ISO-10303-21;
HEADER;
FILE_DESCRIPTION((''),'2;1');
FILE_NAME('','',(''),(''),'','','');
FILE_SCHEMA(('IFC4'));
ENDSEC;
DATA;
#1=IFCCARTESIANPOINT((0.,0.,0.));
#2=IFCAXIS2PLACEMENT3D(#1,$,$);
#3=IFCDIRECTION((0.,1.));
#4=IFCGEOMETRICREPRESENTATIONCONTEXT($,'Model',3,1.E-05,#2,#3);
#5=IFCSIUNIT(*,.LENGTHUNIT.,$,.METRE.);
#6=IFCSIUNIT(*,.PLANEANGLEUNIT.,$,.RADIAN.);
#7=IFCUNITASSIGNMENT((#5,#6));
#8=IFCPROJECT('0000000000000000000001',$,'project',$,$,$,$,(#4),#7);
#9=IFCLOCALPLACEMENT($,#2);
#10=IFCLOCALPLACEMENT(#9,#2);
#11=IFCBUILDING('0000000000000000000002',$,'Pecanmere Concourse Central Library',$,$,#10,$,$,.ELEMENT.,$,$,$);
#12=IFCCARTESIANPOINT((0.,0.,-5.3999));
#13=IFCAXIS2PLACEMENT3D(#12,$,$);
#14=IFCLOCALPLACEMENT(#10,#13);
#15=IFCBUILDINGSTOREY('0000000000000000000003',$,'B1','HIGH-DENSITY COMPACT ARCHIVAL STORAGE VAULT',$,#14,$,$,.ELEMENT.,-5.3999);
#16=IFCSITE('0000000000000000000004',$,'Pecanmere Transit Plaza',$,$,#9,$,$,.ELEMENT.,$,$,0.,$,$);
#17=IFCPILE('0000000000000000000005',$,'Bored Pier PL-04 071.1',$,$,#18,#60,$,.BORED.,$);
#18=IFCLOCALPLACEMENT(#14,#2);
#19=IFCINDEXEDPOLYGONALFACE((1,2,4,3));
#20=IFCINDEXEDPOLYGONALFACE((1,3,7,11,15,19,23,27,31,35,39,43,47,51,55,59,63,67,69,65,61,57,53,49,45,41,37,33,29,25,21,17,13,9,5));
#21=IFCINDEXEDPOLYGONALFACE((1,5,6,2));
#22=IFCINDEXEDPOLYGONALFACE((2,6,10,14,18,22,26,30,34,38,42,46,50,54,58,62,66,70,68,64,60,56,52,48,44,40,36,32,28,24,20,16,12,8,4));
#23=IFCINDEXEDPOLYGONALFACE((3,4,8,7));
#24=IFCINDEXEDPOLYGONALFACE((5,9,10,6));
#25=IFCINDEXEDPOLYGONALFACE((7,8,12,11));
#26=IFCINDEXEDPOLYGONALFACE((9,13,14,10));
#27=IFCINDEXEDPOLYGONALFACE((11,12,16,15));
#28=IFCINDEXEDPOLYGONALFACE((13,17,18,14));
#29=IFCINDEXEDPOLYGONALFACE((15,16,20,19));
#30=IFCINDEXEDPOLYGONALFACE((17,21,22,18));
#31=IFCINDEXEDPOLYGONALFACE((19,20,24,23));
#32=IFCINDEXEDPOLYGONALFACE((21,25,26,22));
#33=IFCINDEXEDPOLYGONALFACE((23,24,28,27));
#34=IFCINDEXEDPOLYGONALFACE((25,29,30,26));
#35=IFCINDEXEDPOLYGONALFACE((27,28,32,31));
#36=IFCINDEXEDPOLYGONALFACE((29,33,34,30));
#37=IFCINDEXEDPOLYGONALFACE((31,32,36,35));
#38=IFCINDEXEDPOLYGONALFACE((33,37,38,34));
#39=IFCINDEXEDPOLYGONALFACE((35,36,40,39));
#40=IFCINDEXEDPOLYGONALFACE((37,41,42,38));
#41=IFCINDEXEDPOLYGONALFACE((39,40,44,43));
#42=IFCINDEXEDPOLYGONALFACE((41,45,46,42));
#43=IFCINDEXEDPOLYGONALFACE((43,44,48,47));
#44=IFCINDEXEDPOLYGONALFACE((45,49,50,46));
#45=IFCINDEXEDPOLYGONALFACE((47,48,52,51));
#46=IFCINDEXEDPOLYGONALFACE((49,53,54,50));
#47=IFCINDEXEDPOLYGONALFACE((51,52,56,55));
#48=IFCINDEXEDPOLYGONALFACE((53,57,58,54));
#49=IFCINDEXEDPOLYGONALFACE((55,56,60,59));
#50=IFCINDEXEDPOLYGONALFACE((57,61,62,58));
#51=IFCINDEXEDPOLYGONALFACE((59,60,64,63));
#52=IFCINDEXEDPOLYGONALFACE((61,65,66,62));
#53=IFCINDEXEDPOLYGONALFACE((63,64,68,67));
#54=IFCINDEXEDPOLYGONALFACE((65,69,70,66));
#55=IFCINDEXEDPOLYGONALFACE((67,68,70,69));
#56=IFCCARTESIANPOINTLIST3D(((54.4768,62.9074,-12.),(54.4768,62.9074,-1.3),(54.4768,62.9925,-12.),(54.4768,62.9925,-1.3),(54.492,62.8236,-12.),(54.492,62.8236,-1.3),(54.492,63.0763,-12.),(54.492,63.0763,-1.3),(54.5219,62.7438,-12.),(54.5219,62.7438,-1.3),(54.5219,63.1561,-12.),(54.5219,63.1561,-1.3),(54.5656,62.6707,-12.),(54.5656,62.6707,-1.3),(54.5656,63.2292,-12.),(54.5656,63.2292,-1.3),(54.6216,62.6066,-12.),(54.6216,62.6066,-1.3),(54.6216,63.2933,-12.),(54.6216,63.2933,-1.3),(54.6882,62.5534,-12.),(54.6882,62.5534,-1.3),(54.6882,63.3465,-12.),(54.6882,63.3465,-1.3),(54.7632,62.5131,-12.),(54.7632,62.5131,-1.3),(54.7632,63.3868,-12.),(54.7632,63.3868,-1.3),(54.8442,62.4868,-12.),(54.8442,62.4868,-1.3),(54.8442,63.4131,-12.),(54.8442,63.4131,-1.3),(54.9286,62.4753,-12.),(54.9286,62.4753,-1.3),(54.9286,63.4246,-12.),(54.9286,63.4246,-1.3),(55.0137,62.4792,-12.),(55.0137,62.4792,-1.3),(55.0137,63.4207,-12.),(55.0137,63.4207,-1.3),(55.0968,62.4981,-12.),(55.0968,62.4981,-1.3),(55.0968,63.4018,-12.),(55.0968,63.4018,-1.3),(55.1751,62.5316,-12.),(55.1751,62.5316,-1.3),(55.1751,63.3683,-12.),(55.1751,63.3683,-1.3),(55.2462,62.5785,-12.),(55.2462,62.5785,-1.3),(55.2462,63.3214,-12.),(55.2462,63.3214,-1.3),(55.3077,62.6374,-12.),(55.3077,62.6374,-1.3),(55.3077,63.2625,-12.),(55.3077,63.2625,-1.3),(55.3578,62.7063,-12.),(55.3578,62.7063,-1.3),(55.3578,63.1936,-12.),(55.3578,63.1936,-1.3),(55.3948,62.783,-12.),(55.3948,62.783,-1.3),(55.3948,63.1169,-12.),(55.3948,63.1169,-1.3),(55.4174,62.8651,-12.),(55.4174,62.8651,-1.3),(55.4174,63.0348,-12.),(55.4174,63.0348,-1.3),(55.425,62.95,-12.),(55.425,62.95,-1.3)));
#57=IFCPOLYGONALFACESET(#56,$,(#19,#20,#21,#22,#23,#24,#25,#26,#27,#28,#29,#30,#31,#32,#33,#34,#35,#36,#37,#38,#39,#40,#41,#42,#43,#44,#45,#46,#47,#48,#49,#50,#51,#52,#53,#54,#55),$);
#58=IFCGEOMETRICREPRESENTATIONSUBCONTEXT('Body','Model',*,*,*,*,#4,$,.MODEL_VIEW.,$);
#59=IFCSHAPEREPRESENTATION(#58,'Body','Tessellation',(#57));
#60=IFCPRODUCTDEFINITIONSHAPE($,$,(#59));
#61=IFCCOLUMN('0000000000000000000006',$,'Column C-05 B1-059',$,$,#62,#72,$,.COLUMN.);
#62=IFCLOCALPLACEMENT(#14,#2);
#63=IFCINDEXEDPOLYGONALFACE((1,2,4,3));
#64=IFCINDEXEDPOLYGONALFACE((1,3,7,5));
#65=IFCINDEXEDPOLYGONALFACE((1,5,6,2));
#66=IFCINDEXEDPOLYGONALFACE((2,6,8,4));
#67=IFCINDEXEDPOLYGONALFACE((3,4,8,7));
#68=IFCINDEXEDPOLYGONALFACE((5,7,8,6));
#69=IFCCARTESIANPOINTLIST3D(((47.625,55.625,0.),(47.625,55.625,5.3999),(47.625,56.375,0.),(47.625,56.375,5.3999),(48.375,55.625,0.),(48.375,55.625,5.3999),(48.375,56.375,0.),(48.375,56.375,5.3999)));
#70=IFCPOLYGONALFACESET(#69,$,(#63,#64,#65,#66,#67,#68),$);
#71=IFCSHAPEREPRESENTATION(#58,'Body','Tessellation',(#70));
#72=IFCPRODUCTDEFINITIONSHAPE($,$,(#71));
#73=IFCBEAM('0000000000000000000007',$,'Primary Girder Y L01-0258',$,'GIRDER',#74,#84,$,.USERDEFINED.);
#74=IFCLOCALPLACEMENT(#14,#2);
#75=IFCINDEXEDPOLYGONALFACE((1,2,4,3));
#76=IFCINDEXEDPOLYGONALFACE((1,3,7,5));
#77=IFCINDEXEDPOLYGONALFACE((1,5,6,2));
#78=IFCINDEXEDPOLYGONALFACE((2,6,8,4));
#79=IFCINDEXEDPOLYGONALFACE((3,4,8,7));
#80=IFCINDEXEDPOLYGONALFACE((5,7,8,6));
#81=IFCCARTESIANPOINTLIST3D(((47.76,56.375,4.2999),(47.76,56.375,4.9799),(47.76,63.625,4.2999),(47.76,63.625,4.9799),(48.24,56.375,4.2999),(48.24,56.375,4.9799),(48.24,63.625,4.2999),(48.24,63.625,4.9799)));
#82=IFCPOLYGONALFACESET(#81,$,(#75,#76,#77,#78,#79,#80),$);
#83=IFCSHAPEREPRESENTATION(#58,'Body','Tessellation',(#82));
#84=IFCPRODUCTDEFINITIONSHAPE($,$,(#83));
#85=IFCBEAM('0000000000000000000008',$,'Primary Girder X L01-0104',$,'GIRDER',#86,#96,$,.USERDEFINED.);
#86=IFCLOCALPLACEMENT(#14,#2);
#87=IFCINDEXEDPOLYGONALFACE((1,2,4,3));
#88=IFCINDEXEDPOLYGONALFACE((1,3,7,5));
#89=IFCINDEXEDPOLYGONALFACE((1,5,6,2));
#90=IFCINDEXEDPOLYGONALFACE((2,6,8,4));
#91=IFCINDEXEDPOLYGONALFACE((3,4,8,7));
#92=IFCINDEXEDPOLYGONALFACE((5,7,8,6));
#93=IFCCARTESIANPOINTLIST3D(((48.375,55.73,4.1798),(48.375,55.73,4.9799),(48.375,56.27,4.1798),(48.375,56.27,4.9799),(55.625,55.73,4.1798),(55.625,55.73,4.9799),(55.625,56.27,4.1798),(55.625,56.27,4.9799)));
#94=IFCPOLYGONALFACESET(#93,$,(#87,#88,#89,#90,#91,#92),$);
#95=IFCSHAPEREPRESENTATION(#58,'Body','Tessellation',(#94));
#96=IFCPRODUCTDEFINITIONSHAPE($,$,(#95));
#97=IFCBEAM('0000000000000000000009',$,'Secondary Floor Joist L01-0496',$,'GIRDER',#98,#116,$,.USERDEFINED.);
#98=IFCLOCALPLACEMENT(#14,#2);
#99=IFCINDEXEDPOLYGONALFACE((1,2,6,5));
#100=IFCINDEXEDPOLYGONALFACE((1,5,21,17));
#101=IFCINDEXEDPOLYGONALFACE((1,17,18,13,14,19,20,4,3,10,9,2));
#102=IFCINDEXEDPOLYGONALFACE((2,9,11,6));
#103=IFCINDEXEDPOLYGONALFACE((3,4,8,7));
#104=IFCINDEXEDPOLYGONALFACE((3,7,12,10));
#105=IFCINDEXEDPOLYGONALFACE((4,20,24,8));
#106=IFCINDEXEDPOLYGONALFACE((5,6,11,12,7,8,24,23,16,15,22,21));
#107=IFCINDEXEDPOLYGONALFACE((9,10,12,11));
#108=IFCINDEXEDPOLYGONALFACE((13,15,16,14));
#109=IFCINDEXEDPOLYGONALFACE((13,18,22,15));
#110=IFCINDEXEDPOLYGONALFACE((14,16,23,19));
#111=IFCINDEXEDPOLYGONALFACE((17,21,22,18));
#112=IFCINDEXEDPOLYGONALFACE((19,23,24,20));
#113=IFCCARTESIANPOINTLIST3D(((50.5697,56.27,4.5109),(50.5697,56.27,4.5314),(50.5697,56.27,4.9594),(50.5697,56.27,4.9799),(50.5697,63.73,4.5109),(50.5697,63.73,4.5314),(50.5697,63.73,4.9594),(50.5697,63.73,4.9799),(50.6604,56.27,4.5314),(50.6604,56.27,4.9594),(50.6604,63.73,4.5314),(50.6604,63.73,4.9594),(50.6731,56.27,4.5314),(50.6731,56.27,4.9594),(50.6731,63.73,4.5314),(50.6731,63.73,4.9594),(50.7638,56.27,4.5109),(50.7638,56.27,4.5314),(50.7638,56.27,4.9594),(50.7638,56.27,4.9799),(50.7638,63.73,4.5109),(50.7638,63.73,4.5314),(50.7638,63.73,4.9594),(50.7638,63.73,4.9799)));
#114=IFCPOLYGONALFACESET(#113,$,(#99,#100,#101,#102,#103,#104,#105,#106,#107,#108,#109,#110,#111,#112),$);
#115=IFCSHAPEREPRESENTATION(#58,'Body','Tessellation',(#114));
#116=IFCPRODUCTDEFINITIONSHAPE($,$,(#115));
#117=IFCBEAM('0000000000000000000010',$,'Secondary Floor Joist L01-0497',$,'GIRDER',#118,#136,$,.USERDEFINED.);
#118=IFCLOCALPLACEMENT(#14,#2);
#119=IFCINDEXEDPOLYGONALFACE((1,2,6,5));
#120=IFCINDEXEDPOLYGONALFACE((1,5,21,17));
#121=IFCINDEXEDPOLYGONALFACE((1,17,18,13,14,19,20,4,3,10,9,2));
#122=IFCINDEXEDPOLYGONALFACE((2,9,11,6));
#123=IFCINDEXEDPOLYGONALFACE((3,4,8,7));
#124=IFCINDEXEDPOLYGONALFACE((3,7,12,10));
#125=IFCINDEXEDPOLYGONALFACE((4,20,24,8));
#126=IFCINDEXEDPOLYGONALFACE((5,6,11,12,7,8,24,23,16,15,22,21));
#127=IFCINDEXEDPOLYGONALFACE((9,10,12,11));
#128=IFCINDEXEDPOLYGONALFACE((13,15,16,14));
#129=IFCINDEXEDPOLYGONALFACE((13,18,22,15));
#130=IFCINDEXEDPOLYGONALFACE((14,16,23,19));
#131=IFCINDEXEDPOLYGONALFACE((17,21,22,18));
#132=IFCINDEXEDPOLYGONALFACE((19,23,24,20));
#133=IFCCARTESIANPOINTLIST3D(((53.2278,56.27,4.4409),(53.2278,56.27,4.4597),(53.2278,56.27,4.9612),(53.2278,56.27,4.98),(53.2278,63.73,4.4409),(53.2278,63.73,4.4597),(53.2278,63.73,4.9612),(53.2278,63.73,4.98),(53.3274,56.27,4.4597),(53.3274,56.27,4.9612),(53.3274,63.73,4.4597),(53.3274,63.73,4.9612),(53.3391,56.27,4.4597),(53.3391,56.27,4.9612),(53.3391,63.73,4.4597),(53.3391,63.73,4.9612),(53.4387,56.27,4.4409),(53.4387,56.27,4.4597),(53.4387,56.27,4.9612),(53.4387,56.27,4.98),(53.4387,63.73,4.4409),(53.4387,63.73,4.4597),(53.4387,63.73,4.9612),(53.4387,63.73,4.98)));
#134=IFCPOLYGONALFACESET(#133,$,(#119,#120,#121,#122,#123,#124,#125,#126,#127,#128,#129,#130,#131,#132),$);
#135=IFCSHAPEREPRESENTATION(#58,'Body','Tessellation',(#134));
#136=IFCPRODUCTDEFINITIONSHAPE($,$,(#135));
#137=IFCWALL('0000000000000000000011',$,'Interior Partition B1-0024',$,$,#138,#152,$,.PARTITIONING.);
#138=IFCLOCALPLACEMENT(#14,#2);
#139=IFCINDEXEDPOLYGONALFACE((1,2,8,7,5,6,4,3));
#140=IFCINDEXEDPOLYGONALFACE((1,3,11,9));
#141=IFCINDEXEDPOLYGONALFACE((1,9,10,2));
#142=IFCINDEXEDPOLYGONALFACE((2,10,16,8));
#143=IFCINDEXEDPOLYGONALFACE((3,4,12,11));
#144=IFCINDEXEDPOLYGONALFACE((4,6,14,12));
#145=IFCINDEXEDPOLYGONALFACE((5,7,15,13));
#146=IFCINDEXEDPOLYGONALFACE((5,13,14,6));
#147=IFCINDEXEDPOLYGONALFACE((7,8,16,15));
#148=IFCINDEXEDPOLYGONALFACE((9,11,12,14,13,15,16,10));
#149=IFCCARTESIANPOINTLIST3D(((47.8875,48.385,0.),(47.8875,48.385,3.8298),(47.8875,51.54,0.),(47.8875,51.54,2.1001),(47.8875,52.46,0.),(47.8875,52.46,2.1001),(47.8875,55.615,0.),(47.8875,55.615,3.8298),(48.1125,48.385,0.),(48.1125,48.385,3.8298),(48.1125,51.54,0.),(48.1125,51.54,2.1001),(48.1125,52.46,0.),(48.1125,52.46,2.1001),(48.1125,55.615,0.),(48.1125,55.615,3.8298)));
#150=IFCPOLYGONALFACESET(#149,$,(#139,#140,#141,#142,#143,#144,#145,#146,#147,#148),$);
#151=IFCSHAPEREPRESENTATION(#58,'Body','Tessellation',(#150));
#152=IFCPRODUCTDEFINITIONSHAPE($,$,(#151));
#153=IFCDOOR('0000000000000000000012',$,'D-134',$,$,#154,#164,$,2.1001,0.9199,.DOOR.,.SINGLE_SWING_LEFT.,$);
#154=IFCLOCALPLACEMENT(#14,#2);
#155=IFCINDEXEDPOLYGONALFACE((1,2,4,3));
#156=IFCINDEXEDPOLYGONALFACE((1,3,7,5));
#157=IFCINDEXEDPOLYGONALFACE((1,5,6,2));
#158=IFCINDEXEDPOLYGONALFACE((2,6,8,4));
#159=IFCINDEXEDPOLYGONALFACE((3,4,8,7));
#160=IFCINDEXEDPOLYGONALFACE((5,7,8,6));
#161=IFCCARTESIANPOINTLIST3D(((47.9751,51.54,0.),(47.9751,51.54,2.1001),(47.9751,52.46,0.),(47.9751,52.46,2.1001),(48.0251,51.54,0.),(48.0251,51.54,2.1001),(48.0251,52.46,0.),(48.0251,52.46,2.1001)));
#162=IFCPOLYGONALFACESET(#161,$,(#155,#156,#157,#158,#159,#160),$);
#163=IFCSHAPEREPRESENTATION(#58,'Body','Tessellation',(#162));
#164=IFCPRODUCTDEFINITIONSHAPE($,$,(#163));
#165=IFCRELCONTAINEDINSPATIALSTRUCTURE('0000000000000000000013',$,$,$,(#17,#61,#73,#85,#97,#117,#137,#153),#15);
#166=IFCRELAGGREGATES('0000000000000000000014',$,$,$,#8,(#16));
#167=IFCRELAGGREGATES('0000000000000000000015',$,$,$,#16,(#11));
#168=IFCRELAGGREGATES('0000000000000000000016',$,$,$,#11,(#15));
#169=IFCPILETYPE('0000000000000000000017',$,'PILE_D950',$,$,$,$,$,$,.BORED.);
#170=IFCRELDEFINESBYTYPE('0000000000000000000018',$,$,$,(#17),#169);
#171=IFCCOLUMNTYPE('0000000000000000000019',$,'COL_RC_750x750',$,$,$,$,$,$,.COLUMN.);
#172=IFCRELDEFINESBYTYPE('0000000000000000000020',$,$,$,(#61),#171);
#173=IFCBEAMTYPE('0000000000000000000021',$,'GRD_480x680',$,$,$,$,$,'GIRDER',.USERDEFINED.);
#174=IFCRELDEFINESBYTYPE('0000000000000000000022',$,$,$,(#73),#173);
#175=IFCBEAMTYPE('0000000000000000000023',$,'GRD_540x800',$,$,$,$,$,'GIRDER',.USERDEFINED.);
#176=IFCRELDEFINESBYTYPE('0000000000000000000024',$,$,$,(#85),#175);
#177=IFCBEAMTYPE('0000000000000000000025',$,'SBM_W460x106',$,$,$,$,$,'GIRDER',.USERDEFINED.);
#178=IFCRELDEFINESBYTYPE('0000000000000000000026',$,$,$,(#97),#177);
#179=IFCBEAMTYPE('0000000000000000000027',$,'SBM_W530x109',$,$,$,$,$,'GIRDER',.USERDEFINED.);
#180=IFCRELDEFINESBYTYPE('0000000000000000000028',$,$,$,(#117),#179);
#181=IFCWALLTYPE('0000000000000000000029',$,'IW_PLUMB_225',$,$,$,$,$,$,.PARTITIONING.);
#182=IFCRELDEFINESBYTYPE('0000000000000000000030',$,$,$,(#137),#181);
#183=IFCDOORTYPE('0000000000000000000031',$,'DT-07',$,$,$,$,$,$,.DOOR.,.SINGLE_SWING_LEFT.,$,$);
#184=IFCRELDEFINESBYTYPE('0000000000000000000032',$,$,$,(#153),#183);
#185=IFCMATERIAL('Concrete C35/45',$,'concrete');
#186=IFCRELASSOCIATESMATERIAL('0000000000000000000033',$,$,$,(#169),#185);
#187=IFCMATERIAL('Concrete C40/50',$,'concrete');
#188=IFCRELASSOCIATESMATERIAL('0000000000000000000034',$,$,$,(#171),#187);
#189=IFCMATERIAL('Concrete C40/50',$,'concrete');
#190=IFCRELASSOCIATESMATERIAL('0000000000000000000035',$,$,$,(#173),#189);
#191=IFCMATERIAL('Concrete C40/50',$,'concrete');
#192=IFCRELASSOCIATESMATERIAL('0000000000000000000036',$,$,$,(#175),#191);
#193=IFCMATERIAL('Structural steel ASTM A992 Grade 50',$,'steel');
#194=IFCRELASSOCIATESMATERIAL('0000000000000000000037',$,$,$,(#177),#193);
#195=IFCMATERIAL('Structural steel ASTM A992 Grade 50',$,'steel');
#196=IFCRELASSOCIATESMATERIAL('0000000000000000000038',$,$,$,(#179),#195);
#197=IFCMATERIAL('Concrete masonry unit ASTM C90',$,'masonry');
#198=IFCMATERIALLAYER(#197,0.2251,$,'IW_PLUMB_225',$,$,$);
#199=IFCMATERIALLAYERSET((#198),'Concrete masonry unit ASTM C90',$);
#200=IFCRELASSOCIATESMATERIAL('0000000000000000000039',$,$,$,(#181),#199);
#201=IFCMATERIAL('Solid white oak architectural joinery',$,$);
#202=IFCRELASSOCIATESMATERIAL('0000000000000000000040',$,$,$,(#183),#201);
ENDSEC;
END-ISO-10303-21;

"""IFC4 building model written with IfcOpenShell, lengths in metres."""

from ifc_helpers import new_model, si_unit, direction, frame, frame_2d, origin, origin_2d, place, context, subcontext, project, spatial, rectangle, circle, i_section, extrude, material, layer, layer_set, material_profile, profile_set, type_object, element, fill, save


model = new_model("IFC4")

# Units and contexts
model_context = context("Model", 3, precision=1e-05, world=origin(), true_north=direction((0.0, 1.0)))
body_context = subcontext(model_context, "Body", "Model", "MODEL_VIEW")
ifc_project = project(units=[si_unit("LENGTHUNIT", "METRE"), si_unit("PLANEANGLEUNIT", "RADIAN")], contexts=[model_context])

# Site, building, storey
site_placement = place(None, origin())
site = spatial("IfcSite", under=ifc_project, at=site_placement, Name="Pecanmere Transit Plaza", CompositionType="ELEMENT", RefElevation=0.0)
building_placement = place(site_placement, origin())
building = spatial("IfcBuilding", under=site, at=building_placement, Name="Pecanmere Concourse Central Library", CompositionType="ELEMENT")
storey_placement = place(building_placement, frame((0.0, 0.0, -5.3999)))
storey = spatial("IfcBuildingStorey", under=building, at=storey_placement, Name="B1", Description="HIGH-DENSITY COMPACT ARCHIVAL STORAGE VAULT", CompositionType="ELEMENT", Elevation=-5.3999)

# Pile
ifc_material_1 = material(Name="Concrete C35/45", Category="concrete")
ifc_material_profile_1 = material_profile(ifc_material_1, circle(Radius=0.4751, at=origin_2d()), Name="PIER D950")
ifc_profile_set_1 = profile_set([ifc_material_profile_1], Name="Concrete C35/45")
pile_type = type_object("IfcPileType", Name="PILE_D950", PredefinedType="BORED", material=ifc_profile_set_1)
for number, where, z_axis, x_axis, name in (
    (1, (54.95, 62.95, -1.3), (0.0, 0.0, -1.0), (1.0, 0.0, 0.0), "Bored Pier PL-04 071.1"),
):
    element("IfcPile", number, at=place(storey_placement, frame(where, z_axis=z_axis, x_axis=x_axis)), inside=storey, type_object=pile_type, Name=name, PredefinedType="BORED", context=body_context, shape_type="SweptSolid", body=[
        extrude(circle(Radius=0.4751, at=origin_2d()), origin(), (0.0, 0.0, 1.0), 10.7),
    ])

# Column
ifc_material_2 = material(Name="Concrete C40/50", Category="concrete")
ifc_material_profile_2 = material_profile(ifc_material_2, rectangle(XDim=0.75, YDim=0.75, at=origin_2d()), Name="RC 750x750")
ifc_profile_set_2 = profile_set([ifc_material_profile_2], Name="Concrete C40/50")
column_type = type_object("IfcColumnType", Name="COL_RC_750x750", PredefinedType="COLUMN", material=ifc_profile_set_2)
column_placement = place(storey_placement, frame((48.0, 56.0, 0.0), z_axis=(0.0, 0.0, 1.0), x_axis=(1.0, 0.0, 0.0)))
element("IfcColumn", 2, at=column_placement, inside=storey, type_object=column_type, Name="Column C-05 B1-059", PredefinedType="COLUMN", context=body_context, shape_type="SweptSolid", body=[
    extrude(rectangle(XDim=0.75, YDim=0.75, at=origin_2d()), origin(), (0.0, 0.0, 1.0), 5.3999),
])

# Beams
ifc_material_3 = material(Name="Concrete C40/50", Category="concrete")
ifc_material_profile_3 = material_profile(ifc_material_3, rectangle(XDim=0.48, YDim=0.6799, at=origin_2d()), Name="RC 480x680")
ifc_profile_set_3 = profile_set([ifc_material_profile_3], Name="Concrete C40/50")
beam_type_1 = type_object("IfcBeamType", Name="GRD_480x680", ElementType="GIRDER", PredefinedType="USERDEFINED", material=ifc_profile_set_3)
beam_1_placement = place(storey_placement, frame((48.0, 56.375, 4.6399), z_axis=(0.0, 1.0, 0.0), x_axis=(-1.0, 0.0, 0.0)))
element("IfcBeam", 3, at=beam_1_placement, inside=storey, type_object=beam_type_1, Name="Primary Girder Y L01-0258", ObjectType="GIRDER", PredefinedType="USERDEFINED", context=body_context, shape_type="SweptSolid", body=[
    extrude(rectangle(XDim=0.48, YDim=0.6799, at=origin_2d()), origin(), (0.0, 0.0, 1.0), 7.25),
])
ifc_material_4 = material(Name="Concrete C40/50", Category="concrete")
ifc_material_profile_4 = material_profile(ifc_material_4, rectangle(XDim=0.54, YDim=0.8, at=origin_2d()), Name="RC 540x800")
ifc_profile_set_4 = profile_set([ifc_material_profile_4], Name="Concrete C40/50")
beam_type_2 = type_object("IfcBeamType", Name="GRD_540x800", ElementType="GIRDER", PredefinedType="USERDEFINED", material=ifc_profile_set_4)
beam_2_placement = place(storey_placement, frame((48.375, 56.0, 4.5798), z_axis=(1.0, 0.0, 0.0), x_axis=(0.0, 1.0, 0.0)))
element("IfcBeam", 4, at=beam_2_placement, inside=storey, type_object=beam_type_2, Name="Primary Girder X L01-0104", ObjectType="GIRDER", PredefinedType="USERDEFINED", context=body_context, shape_type="SweptSolid", body=[
    extrude(rectangle(XDim=0.54, YDim=0.8, at=origin_2d()), origin(), (0.0, 0.0, 1.0), 7.25),
])
ifc_material_5 = material(Name="Structural steel ASTM A992 Grade 50", Category="steel")
ifc_material_profile_5 = material_profile(ifc_material_5, i_section(OverallWidth=0.1941, OverallDepth=0.469, WebThickness=0.0127, FlangeThickness=0.0205, at=origin_2d()), Name="W460x106")
ifc_profile_set_5 = profile_set([ifc_material_profile_5], Name="Structural steel ASTM A992 Grade 50")
beam_type_3 = type_object("IfcBeamType", Name="SBM_W460x106", ElementType="GIRDER", PredefinedType="USERDEFINED", material=ifc_profile_set_5)
beam_3_placement = place(storey_placement, frame((50.6667, 56.27, 4.7454), z_axis=(0.0, 1.0, 0.0), x_axis=(-1.0, 0.0, 0.0)))
element("IfcBeam", 5, at=beam_3_placement, inside=storey, type_object=beam_type_3, Name="Secondary Floor Joist L01-0496", ObjectType="GIRDER", PredefinedType="USERDEFINED", context=body_context, shape_type="SweptSolid", body=[
    extrude(i_section(OverallWidth=0.1941, OverallDepth=0.469, WebThickness=0.0127, FlangeThickness=0.0205, at=origin_2d()), origin(), (0.0, 0.0, 1.0), 7.46),
])
ifc_material_6 = material(Name="Structural steel ASTM A992 Grade 50", Category="steel")
ifc_material_profile_6 = material_profile(ifc_material_6, i_section(OverallWidth=0.2109, OverallDepth=0.5391, WebThickness=0.0117, FlangeThickness=0.0188, at=origin_2d()), Name="W530x109")
ifc_profile_set_6 = profile_set([ifc_material_profile_6], Name="Structural steel ASTM A992 Grade 50")
beam_type_4 = type_object("IfcBeamType", Name="SBM_W530x109", ElementType="GIRDER", PredefinedType="USERDEFINED", material=ifc_profile_set_6)
beam_4_placement = place(storey_placement, frame((53.3333, 56.27, 4.7104), z_axis=(0.0, 1.0, 0.0), x_axis=(-1.0, 0.0, 0.0)))
element("IfcBeam", 6, at=beam_4_placement, inside=storey, type_object=beam_type_4, Name="Secondary Floor Joist L01-0497", ObjectType="GIRDER", PredefinedType="USERDEFINED", context=body_context, shape_type="SweptSolid", body=[
    extrude(i_section(OverallWidth=0.2109, OverallDepth=0.5391, WebThickness=0.0117, FlangeThickness=0.0188, at=origin_2d()), origin(), (0.0, 0.0, 1.0), 7.46),
])

# Wall, opening, door
ifc_material_7 = material(Name="Concrete masonry unit ASTM C90", Category="masonry")
ifc_layer = layer(ifc_material_7, 0.2251, Name="IW_PLUMB_225")
ifc_layer_set = layer_set([ifc_layer], Name="Concrete masonry unit ASTM C90")
wall_type = type_object("IfcWallType", Name="IW_PLUMB_225", PredefinedType="PARTITIONING", material=ifc_layer_set)
wall_1_placement = place(storey_placement, frame((48.0, 48.385, 0.0), z_axis=(0.0, 0.0, 1.0), x_axis=(0.0, 1.0, 0.0)))
wall_1 = element("IfcWall", 7, at=wall_1_placement, inside=storey, type_object=wall_type, Name="Interior Partition B1-0024", PredefinedType="PARTITIONING", context=body_context, shape_type="SweptSolid", body=[
    extrude(rectangle(XDim=7.23, YDim=0.2251, at=frame_2d((3.615, 0.0))), origin(), (0.0, 0.0, 1.0), 3.8298),
])
opening_placement = place(wall_1_placement, frame((3.155, 0.0, 0.0)))
opening = element("IfcOpeningElement", 8, at=opening_placement, cuts=wall_1, PredefinedType="OPENING", context=body_context, shape_type="SweptSolid", body=[
    extrude(rectangle(XDim=0.9199, YDim=2.1001, at=frame_2d((0.46, 1.05))), frame((0.0, 0.1245, 0.0), z_axis=(0.0, -1.0, 0.0), x_axis=(1.0, 0.0, 0.0)), (0.0, 0.0, 1.0), 0.249),
])
ifc_material_8 = material(Name="Solid white oak architectural joinery")
door_type = type_object("IfcDoorType", Name="DT-07", OperationType="SINGLE_SWING_LEFT", PredefinedType="DOOR", material=ifc_material_8)
door_placement = place(opening_placement, origin())
door = element("IfcDoor", 9, at=door_placement, inside=storey, type_object=door_type, Name="D-134", OperationType="SINGLE_SWING_LEFT", OverallHeight=2.1001, OverallWidth=0.9199, PredefinedType="DOOR", context=body_context, shape_type="SweptSolid", body=[
    extrude(rectangle(XDim=0.9199, YDim=2.1001, at=frame_2d((0.46, 1.05))), frame((0.0, 0.0249, 0.0), z_axis=(0.0, -1.0, 0.0), x_axis=(1.0, 0.0, 0.0)), (0.0, 0.0, 1.0), 0.05),
])
fill(opening, door)

save(model, "model.ifc")
